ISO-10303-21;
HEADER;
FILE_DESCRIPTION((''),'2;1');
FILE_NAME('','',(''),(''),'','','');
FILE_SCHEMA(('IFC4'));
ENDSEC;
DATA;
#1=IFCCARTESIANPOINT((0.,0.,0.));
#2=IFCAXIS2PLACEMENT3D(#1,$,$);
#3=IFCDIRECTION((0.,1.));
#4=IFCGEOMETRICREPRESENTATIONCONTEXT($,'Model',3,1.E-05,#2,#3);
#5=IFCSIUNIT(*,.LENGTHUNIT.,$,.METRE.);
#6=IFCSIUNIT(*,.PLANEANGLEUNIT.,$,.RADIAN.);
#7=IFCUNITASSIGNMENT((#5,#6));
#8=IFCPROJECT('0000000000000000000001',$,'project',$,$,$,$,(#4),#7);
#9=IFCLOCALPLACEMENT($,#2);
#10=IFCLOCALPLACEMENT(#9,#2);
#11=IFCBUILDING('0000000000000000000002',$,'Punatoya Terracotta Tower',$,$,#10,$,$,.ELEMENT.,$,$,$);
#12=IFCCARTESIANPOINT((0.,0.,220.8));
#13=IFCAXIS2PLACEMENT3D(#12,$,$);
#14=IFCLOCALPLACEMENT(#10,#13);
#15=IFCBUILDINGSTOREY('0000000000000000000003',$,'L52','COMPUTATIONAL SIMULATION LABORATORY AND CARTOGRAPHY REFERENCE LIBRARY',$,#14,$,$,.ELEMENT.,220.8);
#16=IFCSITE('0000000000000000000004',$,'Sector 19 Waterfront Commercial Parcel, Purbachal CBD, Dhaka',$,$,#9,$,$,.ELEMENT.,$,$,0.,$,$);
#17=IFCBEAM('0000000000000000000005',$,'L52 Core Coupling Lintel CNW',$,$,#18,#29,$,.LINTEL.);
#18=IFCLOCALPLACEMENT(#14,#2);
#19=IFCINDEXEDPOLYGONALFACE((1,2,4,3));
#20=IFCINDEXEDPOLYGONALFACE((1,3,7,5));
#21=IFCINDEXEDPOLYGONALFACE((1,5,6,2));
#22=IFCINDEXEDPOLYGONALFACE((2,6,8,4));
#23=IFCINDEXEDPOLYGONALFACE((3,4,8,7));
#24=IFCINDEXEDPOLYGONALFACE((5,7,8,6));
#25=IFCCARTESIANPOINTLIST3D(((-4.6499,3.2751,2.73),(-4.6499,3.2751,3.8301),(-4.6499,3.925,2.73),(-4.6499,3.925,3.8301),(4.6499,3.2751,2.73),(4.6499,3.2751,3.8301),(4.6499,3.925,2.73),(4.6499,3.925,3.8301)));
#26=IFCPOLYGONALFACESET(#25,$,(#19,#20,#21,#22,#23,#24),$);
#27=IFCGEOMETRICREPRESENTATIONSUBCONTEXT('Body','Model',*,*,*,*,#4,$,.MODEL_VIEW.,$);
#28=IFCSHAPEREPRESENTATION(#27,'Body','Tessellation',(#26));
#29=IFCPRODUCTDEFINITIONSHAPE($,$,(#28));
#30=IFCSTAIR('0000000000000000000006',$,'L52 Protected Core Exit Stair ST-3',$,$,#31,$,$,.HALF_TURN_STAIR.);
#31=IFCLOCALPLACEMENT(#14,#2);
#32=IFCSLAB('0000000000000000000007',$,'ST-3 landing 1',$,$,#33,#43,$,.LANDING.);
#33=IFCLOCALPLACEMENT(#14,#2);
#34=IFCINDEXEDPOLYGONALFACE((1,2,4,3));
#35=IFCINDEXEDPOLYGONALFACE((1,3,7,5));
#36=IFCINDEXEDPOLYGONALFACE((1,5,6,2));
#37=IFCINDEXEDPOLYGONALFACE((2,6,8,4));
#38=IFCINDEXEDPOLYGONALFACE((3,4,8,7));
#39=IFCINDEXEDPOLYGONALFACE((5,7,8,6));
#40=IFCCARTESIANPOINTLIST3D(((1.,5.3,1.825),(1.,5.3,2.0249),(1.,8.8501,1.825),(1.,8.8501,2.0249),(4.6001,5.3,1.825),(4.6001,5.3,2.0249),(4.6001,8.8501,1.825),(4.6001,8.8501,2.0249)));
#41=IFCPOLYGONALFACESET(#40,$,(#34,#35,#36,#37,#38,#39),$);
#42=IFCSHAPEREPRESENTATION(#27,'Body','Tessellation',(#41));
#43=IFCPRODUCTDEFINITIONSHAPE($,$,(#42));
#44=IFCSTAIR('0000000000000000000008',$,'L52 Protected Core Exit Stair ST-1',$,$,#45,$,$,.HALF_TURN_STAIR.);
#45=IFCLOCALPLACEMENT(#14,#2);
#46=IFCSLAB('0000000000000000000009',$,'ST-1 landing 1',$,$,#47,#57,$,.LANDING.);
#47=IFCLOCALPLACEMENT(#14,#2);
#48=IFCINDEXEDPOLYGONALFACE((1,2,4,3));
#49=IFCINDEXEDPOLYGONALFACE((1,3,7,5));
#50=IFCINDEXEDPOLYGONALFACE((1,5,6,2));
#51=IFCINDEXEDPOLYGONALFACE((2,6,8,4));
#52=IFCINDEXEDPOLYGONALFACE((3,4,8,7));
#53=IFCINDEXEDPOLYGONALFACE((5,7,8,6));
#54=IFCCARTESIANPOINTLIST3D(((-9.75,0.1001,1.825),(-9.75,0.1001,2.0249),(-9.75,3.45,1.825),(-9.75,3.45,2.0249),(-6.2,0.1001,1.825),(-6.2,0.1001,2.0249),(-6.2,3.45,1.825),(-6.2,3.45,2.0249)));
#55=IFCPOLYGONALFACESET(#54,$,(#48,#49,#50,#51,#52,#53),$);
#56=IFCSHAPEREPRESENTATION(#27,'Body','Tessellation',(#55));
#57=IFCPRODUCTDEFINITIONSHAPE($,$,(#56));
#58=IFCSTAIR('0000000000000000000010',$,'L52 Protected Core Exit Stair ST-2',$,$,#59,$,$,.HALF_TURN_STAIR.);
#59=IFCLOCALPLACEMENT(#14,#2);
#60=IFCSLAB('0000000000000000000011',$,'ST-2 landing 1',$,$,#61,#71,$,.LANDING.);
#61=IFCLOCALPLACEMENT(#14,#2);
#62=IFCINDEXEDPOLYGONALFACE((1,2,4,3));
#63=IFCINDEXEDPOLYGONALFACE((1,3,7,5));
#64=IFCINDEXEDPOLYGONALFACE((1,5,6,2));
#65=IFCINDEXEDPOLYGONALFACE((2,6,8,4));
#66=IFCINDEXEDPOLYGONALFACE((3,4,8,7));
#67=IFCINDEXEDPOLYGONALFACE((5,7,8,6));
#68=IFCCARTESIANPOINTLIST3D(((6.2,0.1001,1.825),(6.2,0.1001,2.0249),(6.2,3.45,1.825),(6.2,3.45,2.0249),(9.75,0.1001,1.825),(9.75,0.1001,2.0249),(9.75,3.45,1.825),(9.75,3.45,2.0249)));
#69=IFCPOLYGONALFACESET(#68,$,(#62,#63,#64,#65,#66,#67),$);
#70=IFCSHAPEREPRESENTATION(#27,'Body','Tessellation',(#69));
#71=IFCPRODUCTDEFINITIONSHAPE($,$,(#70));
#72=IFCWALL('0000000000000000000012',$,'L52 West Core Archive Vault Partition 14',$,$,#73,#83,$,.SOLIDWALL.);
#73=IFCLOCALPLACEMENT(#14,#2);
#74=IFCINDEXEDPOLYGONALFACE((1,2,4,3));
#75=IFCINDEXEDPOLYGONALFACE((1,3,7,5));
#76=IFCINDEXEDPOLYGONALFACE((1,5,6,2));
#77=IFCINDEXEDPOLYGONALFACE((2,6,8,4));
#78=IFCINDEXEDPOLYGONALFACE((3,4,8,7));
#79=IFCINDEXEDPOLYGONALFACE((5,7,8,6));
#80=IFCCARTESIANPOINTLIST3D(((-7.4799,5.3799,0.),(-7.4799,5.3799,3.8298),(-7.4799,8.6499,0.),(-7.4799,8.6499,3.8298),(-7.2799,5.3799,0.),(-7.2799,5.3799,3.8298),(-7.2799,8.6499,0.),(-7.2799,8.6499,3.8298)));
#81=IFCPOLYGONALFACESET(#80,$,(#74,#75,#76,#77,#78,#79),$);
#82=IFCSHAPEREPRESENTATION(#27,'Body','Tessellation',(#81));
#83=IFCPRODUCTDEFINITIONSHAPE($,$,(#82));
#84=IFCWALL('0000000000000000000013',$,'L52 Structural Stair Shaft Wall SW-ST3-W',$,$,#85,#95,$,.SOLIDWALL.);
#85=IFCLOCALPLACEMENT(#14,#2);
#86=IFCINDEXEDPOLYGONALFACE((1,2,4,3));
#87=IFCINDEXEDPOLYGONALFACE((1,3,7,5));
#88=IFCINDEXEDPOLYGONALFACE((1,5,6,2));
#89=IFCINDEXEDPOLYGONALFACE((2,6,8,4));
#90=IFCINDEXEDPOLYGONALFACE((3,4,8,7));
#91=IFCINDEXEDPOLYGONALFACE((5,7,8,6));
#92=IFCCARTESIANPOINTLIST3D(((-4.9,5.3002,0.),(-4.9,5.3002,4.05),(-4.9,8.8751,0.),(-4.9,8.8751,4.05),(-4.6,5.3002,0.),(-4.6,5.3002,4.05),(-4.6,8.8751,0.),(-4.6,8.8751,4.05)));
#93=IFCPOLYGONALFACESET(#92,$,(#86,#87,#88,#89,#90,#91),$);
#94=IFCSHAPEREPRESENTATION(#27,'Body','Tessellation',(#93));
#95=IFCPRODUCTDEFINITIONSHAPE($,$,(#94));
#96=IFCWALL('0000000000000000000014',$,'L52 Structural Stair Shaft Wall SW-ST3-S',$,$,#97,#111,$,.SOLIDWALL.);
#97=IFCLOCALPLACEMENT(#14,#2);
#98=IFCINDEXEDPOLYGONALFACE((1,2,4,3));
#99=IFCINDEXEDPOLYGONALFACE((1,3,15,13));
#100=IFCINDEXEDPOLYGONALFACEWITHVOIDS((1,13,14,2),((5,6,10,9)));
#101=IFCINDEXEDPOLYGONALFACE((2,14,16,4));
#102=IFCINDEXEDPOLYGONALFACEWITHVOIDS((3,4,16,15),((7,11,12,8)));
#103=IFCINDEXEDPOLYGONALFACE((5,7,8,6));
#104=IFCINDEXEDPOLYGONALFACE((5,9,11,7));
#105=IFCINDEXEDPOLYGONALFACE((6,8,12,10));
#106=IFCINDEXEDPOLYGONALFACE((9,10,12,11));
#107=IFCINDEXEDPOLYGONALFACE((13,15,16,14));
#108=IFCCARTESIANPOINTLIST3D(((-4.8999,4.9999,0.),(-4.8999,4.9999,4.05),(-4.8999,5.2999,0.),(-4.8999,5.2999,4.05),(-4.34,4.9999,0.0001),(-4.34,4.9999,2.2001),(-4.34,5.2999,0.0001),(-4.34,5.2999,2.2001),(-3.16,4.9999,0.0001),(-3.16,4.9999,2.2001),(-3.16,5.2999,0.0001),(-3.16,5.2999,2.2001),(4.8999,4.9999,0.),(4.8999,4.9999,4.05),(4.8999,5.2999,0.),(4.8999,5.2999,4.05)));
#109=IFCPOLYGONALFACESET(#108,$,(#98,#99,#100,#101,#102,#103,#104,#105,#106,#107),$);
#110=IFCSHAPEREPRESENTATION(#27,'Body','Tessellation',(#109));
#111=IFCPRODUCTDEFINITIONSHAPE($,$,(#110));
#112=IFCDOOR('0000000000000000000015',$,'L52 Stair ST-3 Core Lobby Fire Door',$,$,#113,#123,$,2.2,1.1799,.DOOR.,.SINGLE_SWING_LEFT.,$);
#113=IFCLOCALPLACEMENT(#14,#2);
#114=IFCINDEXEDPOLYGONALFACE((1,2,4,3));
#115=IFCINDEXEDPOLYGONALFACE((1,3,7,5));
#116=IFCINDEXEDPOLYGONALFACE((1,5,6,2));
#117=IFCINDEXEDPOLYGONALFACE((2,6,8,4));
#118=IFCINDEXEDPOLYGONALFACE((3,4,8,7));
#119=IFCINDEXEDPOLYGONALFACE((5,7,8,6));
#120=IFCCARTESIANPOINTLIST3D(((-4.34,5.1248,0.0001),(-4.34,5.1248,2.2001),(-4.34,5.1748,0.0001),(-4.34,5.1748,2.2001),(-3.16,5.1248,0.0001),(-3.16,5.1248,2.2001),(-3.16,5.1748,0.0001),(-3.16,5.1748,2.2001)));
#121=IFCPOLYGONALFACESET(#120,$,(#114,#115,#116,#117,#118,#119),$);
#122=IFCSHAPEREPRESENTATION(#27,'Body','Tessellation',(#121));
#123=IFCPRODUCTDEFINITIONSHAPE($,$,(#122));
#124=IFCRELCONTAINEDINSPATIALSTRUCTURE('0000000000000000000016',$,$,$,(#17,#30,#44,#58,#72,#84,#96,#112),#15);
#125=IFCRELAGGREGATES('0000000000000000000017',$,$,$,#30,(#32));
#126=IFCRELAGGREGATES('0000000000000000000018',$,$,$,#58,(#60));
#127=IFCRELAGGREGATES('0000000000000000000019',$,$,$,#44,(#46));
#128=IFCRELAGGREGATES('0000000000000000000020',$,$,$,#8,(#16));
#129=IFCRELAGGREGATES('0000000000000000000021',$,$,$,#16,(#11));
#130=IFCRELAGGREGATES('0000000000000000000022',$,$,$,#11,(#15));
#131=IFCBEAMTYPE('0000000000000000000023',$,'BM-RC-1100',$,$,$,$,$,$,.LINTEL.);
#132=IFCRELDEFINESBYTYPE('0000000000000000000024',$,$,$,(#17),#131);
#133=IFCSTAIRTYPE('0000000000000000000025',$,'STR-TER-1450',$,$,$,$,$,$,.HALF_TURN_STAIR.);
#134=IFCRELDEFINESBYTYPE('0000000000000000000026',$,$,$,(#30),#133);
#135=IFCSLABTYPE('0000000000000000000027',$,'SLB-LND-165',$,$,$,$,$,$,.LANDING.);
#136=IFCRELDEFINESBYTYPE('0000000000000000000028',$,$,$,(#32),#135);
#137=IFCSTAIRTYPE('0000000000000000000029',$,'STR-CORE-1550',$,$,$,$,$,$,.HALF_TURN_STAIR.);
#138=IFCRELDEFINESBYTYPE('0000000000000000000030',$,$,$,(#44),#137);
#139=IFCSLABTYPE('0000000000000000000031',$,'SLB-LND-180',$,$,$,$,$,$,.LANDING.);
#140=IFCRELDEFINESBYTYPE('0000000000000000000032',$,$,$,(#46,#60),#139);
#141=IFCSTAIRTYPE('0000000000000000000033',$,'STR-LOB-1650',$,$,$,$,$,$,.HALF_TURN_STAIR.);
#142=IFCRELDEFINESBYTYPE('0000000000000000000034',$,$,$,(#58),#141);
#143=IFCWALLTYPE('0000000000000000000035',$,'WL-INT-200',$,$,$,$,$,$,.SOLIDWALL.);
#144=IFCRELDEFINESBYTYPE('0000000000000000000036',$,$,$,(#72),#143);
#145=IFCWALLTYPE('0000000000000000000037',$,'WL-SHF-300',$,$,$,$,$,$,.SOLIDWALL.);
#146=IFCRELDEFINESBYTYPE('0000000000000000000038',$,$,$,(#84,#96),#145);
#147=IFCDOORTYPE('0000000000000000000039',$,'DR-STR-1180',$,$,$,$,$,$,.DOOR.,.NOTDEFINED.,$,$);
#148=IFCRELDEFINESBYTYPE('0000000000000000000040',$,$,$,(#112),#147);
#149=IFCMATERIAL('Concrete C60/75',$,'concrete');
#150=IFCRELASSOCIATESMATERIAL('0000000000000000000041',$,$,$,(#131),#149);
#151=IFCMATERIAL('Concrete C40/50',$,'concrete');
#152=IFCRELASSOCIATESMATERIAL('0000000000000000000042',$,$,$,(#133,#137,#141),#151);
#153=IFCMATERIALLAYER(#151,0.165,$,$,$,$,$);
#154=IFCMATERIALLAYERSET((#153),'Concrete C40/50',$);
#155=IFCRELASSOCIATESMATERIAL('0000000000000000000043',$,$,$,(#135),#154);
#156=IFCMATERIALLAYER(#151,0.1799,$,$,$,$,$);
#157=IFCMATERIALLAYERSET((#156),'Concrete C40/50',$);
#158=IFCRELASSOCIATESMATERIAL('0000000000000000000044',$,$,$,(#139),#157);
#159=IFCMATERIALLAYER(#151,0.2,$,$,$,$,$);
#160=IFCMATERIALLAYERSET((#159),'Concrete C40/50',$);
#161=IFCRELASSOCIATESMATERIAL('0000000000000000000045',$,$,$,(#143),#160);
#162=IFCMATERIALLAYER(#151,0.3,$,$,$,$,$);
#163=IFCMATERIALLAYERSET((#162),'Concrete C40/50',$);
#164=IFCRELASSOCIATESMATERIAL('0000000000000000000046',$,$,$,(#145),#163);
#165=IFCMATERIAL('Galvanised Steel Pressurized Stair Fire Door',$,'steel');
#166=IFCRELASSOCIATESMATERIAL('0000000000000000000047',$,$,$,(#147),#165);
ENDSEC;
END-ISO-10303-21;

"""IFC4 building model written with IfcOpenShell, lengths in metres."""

from ifc_helpers import new_model, si_unit, direction, frame, frame_2d, origin, origin_2d, place, context, subcontext, project, spatial, polyline, rectangle, outline, extrude, material, layer, layer_set, material_profile, profile_set, type_object, element, fill, aggregate, save


model = new_model("IFC4")

# Units and contexts
model_context = context("Model", 3, precision=1e-05, world=origin(), true_north=direction((0.0, 1.0)))
body_context = subcontext(model_context, "Body", "Model", "MODEL_VIEW")
ifc_project = project(units=[si_unit("LENGTHUNIT", "METRE"), si_unit("PLANEANGLEUNIT", "RADIAN")], contexts=[model_context])

# Site, building, storey
site_placement = place(None, origin())
site = spatial("IfcSite", under=ifc_project, at=site_placement, Name="Sector 19 Waterfront Commercial Parcel, Purbachal CBD, Dhaka", CompositionType="ELEMENT", RefElevation=0.0)
building_placement = place(site_placement, origin())
building = spatial("IfcBuilding", under=site, at=building_placement, Name="Punatoya Terracotta Tower", CompositionType="ELEMENT")
storey_placement = place(building_placement, frame((0.0, 0.0, 220.8)))
storey = spatial("IfcBuildingStorey", under=building, at=storey_placement, Name="L52", Description="COMPUTATIONAL SIMULATION LABORATORY AND CARTOGRAPHY REFERENCE LIBRARY", CompositionType="ELEMENT", Elevation=220.8)

# Beam
ifc_material_1 = material(Name="Concrete C60/75", Category="concrete")
ifc_material_profile = material_profile(ifc_material_1, rectangle(XDim=0.6499, YDim=1.1001, at=origin_2d()))
ifc_profile_set = profile_set([ifc_material_profile], Name="Concrete C60/75")
beam_type = type_object("IfcBeamType", Name="BM-RC-1100", PredefinedType="LINTEL", material=ifc_profile_set)
beam_placement = place(storey_placement, frame((-4.6499, 3.6001, 3.28), z_axis=(1.0, 0.0, 0.0), x_axis=(0.0, 1.0, 0.0)))
element("IfcBeam", 1, at=beam_placement, inside=storey, type_object=beam_type, Name="L52 Core Coupling Lintel CNW", PredefinedType="LINTEL", context=body_context, shape_type="SweptSolid", body=[
    extrude(rectangle(XDim=0.6499, YDim=1.1001, at=origin_2d()), origin(), (0.0, 0.0, 1.0), 9.2998),
])

# Stairs, slabs
ifc_material_2 = material(Name="Concrete C40/50", Category="concrete")
stair_type_1 = type_object("IfcStairType", Name="STR-TER-1450", PredefinedType="HALF_TURN_STAIR", material=ifc_material_2)
stair_1_placement = place(storey_placement, origin())
stair_1 = element("IfcStair", 2, at=stair_1_placement, inside=storey, type_object=stair_type_1, Name="L52 Protected Core Exit Stair ST-3", PredefinedType="HALF_TURN_STAIR")
ifc_layer_1 = layer(ifc_material_2, 0.165)
ifc_layer_set_1 = layer_set([ifc_layer_1], Name="Concrete C40/50")
slab_type_1 = type_object("IfcSlabType", Name="SLB-LND-165", PredefinedType="LANDING", material=ifc_layer_set_1)
slab_1_placement = place(storey_placement, frame((0.0, 0.0, 1.825)))
slab_1 = element("IfcSlab", 3, at=slab_1_placement, type_object=slab_type_1, Name="ST-3 landing 1", PredefinedType="LANDING", context=body_context, shape_type="SweptSolid", body=[
    extrude(outline(polyline([(1.0, 5.3), (4.6001, 5.3), (4.6001, 8.8501), (1.0, 8.8501), (1.0, 5.3)])), origin(), (0.0, 0.0, 1.0), 0.2),
])
aggregate(stair_1, [slab_1])
stair_type_2 = type_object("IfcStairType", Name="STR-CORE-1550", PredefinedType="HALF_TURN_STAIR", material=ifc_material_2)
stair_2_placement = place(storey_placement, origin())
stair_2 = element("IfcStair", 4, at=stair_2_placement, inside=storey, type_object=stair_type_2, Name="L52 Protected Core Exit Stair ST-1", PredefinedType="HALF_TURN_STAIR")
ifc_layer_2 = layer(ifc_material_2, 0.1799)
ifc_layer_set_2 = layer_set([ifc_layer_2], Name="Concrete C40/50")
slab_type_2 = type_object("IfcSlabType", Name="SLB-LND-180", PredefinedType="LANDING", material=ifc_layer_set_2)
slab_2_placement = place(storey_placement, frame((0.0, 0.0, 1.825)))
slab_2 = element("IfcSlab", 5, at=slab_2_placement, type_object=slab_type_2, Name="ST-1 landing 1", PredefinedType="LANDING", context=body_context, shape_type="SweptSolid", body=[
    extrude(outline(polyline([(-6.2, 0.1001), (-6.2, 3.45), (-9.75, 3.45), (-9.75, 0.1001), (-6.2, 0.1001)])), origin(), (0.0, 0.0, 1.0), 0.2),
])
stair_type_3 = type_object("IfcStairType", Name="STR-LOB-1650", PredefinedType="HALF_TURN_STAIR", material=ifc_material_2)
stair_3_placement = place(storey_placement, origin())
stair_3 = element("IfcStair", 6, at=stair_3_placement, inside=storey, type_object=stair_type_3, Name="L52 Protected Core Exit Stair ST-2", PredefinedType="HALF_TURN_STAIR")
slab_3_placement = place(storey_placement, frame((0.0, 0.0, 1.825)))
slab_3 = element("IfcSlab", 7, at=slab_3_placement, type_object=slab_type_2, Name="ST-2 landing 1", PredefinedType="LANDING", context=body_context, shape_type="SweptSolid", body=[
    extrude(outline(polyline([(9.75, 0.1001), (9.75, 3.45), (6.2, 3.45), (6.2, 0.1001), (9.75, 0.1001)])), origin(), (0.0, 0.0, 1.0), 0.2),
])
aggregate(stair_3, [slab_3])

# Walls
ifc_layer_3 = layer(ifc_material_2, 0.2)
ifc_layer_set_3 = layer_set([ifc_layer_3], Name="Concrete C40/50")
wall_type_1 = type_object("IfcWallType", Name="WL-INT-200", PredefinedType="SOLIDWALL", material=ifc_layer_set_3)
wall_1_placement = place(storey_placement, frame((-7.3799, 5.3799, 0.0), z_axis=(0.0, 0.0, 1.0), x_axis=(0.0, 1.0, 0.0)))
element("IfcWall", 8, at=wall_1_placement, inside=storey, type_object=wall_type_1, Name="L52 West Core Archive Vault Partition 14", PredefinedType="SOLIDWALL", context=body_context, shape_type="SweptSolid", body=[
    extrude(rectangle(XDim=3.27, YDim=0.2, at=frame_2d((1.635, 0.0))), origin(), (0.0, 0.0, 1.0), 3.8298),
])
ifc_layer_4 = layer(ifc_material_2, 0.3)
ifc_layer_set_4 = layer_set([ifc_layer_4], Name="Concrete C40/50")
wall_type_2 = type_object("IfcWallType", Name="WL-SHF-300", PredefinedType="SOLIDWALL", material=ifc_layer_set_4)
wall_2_placement = place(storey_placement, frame((-4.75, 5.3, 0.0), z_axis=(0.0, 0.0, 1.0), x_axis=(0.0, 1.0, 0.0)))
element("IfcWall", 9, at=wall_2_placement, inside=storey, type_object=wall_type_2, Name="L52 Structural Stair Shaft Wall SW-ST3-W", PredefinedType="SOLIDWALL", context=body_context, shape_type="SweptSolid", body=[
    extrude(rectangle(XDim=3.575, YDim=0.3, at=frame_2d((1.7876, 0.0))), origin(), (0.0, 0.0, 1.0), 4.05),
])

# Wall, opening, door
wall_3_placement = place(storey_placement, frame((-4.8999, 5.1499, 0.0), z_axis=(0.0, 0.0, 1.0), x_axis=(1.0, 0.0, 0.0)))
wall_3 = element("IfcWall", 10, at=wall_3_placement, inside=storey, type_object=wall_type_2, Name="L52 Structural Stair Shaft Wall SW-ST3-S", PredefinedType="SOLIDWALL", context=body_context, shape_type="SweptSolid", body=[
    extrude(rectangle(XDim=9.7998, YDim=0.3, at=frame_2d((4.8999, 0.0))), origin(), (0.0, 0.0, 1.0), 4.05),
])
opening_1_placement = place(wall_3_placement, frame((0.5601, 0.0, 0.0)))
opening_1 = element("IfcOpeningElement", 11, at=opening_1_placement, cuts=wall_3, PredefinedType="OPENING", context=body_context, shape_type="SweptSolid", body=[
    extrude(rectangle(XDim=1.1799, YDim=2.2, at=frame_2d((0.5898, 1.1001))), frame((0.0, 0.1599, 0.0), z_axis=(0.0, -1.0, 0.0), x_axis=(1.0, 0.0, 0.0)), (0.0, 0.0, 1.0), 0.3201),
])
ifc_material_3 = material(Name="Galvanised Steel Pressurized Stair Fire Door", Category="steel")
door_type_1 = type_object("IfcDoorType", Name="DR-STR-1180", OperationType="NOTDEFINED", PredefinedType="DOOR", material=ifc_material_3)
door_1_placement = place(opening_1_placement, origin())
door_1 = element("IfcDoor", 12, at=door_1_placement, inside=storey, type_object=door_type_1, Name="L52 Stair ST-3 Core Lobby Fire Door", OperationType="SINGLE_SWING_LEFT", OverallHeight=2.2, OverallWidth=1.1799, PredefinedType="DOOR", context=body_context, shape_type="SweptSolid", body=[
    extrude(rectangle(XDim=1.1799, YDim=2.2, at=frame_2d((0.5898, 1.1001))), frame((0.0, 0.0249, 0.0), z_axis=(0.0, -1.0, 0.0), x_axis=(1.0, 0.0, 0.0)), (0.0, 0.0, 1.0), 0.05),
])
fill(opening_1, door_1)

aggregate(stair_2, [slab_2])

save(model, "model.ifc")
